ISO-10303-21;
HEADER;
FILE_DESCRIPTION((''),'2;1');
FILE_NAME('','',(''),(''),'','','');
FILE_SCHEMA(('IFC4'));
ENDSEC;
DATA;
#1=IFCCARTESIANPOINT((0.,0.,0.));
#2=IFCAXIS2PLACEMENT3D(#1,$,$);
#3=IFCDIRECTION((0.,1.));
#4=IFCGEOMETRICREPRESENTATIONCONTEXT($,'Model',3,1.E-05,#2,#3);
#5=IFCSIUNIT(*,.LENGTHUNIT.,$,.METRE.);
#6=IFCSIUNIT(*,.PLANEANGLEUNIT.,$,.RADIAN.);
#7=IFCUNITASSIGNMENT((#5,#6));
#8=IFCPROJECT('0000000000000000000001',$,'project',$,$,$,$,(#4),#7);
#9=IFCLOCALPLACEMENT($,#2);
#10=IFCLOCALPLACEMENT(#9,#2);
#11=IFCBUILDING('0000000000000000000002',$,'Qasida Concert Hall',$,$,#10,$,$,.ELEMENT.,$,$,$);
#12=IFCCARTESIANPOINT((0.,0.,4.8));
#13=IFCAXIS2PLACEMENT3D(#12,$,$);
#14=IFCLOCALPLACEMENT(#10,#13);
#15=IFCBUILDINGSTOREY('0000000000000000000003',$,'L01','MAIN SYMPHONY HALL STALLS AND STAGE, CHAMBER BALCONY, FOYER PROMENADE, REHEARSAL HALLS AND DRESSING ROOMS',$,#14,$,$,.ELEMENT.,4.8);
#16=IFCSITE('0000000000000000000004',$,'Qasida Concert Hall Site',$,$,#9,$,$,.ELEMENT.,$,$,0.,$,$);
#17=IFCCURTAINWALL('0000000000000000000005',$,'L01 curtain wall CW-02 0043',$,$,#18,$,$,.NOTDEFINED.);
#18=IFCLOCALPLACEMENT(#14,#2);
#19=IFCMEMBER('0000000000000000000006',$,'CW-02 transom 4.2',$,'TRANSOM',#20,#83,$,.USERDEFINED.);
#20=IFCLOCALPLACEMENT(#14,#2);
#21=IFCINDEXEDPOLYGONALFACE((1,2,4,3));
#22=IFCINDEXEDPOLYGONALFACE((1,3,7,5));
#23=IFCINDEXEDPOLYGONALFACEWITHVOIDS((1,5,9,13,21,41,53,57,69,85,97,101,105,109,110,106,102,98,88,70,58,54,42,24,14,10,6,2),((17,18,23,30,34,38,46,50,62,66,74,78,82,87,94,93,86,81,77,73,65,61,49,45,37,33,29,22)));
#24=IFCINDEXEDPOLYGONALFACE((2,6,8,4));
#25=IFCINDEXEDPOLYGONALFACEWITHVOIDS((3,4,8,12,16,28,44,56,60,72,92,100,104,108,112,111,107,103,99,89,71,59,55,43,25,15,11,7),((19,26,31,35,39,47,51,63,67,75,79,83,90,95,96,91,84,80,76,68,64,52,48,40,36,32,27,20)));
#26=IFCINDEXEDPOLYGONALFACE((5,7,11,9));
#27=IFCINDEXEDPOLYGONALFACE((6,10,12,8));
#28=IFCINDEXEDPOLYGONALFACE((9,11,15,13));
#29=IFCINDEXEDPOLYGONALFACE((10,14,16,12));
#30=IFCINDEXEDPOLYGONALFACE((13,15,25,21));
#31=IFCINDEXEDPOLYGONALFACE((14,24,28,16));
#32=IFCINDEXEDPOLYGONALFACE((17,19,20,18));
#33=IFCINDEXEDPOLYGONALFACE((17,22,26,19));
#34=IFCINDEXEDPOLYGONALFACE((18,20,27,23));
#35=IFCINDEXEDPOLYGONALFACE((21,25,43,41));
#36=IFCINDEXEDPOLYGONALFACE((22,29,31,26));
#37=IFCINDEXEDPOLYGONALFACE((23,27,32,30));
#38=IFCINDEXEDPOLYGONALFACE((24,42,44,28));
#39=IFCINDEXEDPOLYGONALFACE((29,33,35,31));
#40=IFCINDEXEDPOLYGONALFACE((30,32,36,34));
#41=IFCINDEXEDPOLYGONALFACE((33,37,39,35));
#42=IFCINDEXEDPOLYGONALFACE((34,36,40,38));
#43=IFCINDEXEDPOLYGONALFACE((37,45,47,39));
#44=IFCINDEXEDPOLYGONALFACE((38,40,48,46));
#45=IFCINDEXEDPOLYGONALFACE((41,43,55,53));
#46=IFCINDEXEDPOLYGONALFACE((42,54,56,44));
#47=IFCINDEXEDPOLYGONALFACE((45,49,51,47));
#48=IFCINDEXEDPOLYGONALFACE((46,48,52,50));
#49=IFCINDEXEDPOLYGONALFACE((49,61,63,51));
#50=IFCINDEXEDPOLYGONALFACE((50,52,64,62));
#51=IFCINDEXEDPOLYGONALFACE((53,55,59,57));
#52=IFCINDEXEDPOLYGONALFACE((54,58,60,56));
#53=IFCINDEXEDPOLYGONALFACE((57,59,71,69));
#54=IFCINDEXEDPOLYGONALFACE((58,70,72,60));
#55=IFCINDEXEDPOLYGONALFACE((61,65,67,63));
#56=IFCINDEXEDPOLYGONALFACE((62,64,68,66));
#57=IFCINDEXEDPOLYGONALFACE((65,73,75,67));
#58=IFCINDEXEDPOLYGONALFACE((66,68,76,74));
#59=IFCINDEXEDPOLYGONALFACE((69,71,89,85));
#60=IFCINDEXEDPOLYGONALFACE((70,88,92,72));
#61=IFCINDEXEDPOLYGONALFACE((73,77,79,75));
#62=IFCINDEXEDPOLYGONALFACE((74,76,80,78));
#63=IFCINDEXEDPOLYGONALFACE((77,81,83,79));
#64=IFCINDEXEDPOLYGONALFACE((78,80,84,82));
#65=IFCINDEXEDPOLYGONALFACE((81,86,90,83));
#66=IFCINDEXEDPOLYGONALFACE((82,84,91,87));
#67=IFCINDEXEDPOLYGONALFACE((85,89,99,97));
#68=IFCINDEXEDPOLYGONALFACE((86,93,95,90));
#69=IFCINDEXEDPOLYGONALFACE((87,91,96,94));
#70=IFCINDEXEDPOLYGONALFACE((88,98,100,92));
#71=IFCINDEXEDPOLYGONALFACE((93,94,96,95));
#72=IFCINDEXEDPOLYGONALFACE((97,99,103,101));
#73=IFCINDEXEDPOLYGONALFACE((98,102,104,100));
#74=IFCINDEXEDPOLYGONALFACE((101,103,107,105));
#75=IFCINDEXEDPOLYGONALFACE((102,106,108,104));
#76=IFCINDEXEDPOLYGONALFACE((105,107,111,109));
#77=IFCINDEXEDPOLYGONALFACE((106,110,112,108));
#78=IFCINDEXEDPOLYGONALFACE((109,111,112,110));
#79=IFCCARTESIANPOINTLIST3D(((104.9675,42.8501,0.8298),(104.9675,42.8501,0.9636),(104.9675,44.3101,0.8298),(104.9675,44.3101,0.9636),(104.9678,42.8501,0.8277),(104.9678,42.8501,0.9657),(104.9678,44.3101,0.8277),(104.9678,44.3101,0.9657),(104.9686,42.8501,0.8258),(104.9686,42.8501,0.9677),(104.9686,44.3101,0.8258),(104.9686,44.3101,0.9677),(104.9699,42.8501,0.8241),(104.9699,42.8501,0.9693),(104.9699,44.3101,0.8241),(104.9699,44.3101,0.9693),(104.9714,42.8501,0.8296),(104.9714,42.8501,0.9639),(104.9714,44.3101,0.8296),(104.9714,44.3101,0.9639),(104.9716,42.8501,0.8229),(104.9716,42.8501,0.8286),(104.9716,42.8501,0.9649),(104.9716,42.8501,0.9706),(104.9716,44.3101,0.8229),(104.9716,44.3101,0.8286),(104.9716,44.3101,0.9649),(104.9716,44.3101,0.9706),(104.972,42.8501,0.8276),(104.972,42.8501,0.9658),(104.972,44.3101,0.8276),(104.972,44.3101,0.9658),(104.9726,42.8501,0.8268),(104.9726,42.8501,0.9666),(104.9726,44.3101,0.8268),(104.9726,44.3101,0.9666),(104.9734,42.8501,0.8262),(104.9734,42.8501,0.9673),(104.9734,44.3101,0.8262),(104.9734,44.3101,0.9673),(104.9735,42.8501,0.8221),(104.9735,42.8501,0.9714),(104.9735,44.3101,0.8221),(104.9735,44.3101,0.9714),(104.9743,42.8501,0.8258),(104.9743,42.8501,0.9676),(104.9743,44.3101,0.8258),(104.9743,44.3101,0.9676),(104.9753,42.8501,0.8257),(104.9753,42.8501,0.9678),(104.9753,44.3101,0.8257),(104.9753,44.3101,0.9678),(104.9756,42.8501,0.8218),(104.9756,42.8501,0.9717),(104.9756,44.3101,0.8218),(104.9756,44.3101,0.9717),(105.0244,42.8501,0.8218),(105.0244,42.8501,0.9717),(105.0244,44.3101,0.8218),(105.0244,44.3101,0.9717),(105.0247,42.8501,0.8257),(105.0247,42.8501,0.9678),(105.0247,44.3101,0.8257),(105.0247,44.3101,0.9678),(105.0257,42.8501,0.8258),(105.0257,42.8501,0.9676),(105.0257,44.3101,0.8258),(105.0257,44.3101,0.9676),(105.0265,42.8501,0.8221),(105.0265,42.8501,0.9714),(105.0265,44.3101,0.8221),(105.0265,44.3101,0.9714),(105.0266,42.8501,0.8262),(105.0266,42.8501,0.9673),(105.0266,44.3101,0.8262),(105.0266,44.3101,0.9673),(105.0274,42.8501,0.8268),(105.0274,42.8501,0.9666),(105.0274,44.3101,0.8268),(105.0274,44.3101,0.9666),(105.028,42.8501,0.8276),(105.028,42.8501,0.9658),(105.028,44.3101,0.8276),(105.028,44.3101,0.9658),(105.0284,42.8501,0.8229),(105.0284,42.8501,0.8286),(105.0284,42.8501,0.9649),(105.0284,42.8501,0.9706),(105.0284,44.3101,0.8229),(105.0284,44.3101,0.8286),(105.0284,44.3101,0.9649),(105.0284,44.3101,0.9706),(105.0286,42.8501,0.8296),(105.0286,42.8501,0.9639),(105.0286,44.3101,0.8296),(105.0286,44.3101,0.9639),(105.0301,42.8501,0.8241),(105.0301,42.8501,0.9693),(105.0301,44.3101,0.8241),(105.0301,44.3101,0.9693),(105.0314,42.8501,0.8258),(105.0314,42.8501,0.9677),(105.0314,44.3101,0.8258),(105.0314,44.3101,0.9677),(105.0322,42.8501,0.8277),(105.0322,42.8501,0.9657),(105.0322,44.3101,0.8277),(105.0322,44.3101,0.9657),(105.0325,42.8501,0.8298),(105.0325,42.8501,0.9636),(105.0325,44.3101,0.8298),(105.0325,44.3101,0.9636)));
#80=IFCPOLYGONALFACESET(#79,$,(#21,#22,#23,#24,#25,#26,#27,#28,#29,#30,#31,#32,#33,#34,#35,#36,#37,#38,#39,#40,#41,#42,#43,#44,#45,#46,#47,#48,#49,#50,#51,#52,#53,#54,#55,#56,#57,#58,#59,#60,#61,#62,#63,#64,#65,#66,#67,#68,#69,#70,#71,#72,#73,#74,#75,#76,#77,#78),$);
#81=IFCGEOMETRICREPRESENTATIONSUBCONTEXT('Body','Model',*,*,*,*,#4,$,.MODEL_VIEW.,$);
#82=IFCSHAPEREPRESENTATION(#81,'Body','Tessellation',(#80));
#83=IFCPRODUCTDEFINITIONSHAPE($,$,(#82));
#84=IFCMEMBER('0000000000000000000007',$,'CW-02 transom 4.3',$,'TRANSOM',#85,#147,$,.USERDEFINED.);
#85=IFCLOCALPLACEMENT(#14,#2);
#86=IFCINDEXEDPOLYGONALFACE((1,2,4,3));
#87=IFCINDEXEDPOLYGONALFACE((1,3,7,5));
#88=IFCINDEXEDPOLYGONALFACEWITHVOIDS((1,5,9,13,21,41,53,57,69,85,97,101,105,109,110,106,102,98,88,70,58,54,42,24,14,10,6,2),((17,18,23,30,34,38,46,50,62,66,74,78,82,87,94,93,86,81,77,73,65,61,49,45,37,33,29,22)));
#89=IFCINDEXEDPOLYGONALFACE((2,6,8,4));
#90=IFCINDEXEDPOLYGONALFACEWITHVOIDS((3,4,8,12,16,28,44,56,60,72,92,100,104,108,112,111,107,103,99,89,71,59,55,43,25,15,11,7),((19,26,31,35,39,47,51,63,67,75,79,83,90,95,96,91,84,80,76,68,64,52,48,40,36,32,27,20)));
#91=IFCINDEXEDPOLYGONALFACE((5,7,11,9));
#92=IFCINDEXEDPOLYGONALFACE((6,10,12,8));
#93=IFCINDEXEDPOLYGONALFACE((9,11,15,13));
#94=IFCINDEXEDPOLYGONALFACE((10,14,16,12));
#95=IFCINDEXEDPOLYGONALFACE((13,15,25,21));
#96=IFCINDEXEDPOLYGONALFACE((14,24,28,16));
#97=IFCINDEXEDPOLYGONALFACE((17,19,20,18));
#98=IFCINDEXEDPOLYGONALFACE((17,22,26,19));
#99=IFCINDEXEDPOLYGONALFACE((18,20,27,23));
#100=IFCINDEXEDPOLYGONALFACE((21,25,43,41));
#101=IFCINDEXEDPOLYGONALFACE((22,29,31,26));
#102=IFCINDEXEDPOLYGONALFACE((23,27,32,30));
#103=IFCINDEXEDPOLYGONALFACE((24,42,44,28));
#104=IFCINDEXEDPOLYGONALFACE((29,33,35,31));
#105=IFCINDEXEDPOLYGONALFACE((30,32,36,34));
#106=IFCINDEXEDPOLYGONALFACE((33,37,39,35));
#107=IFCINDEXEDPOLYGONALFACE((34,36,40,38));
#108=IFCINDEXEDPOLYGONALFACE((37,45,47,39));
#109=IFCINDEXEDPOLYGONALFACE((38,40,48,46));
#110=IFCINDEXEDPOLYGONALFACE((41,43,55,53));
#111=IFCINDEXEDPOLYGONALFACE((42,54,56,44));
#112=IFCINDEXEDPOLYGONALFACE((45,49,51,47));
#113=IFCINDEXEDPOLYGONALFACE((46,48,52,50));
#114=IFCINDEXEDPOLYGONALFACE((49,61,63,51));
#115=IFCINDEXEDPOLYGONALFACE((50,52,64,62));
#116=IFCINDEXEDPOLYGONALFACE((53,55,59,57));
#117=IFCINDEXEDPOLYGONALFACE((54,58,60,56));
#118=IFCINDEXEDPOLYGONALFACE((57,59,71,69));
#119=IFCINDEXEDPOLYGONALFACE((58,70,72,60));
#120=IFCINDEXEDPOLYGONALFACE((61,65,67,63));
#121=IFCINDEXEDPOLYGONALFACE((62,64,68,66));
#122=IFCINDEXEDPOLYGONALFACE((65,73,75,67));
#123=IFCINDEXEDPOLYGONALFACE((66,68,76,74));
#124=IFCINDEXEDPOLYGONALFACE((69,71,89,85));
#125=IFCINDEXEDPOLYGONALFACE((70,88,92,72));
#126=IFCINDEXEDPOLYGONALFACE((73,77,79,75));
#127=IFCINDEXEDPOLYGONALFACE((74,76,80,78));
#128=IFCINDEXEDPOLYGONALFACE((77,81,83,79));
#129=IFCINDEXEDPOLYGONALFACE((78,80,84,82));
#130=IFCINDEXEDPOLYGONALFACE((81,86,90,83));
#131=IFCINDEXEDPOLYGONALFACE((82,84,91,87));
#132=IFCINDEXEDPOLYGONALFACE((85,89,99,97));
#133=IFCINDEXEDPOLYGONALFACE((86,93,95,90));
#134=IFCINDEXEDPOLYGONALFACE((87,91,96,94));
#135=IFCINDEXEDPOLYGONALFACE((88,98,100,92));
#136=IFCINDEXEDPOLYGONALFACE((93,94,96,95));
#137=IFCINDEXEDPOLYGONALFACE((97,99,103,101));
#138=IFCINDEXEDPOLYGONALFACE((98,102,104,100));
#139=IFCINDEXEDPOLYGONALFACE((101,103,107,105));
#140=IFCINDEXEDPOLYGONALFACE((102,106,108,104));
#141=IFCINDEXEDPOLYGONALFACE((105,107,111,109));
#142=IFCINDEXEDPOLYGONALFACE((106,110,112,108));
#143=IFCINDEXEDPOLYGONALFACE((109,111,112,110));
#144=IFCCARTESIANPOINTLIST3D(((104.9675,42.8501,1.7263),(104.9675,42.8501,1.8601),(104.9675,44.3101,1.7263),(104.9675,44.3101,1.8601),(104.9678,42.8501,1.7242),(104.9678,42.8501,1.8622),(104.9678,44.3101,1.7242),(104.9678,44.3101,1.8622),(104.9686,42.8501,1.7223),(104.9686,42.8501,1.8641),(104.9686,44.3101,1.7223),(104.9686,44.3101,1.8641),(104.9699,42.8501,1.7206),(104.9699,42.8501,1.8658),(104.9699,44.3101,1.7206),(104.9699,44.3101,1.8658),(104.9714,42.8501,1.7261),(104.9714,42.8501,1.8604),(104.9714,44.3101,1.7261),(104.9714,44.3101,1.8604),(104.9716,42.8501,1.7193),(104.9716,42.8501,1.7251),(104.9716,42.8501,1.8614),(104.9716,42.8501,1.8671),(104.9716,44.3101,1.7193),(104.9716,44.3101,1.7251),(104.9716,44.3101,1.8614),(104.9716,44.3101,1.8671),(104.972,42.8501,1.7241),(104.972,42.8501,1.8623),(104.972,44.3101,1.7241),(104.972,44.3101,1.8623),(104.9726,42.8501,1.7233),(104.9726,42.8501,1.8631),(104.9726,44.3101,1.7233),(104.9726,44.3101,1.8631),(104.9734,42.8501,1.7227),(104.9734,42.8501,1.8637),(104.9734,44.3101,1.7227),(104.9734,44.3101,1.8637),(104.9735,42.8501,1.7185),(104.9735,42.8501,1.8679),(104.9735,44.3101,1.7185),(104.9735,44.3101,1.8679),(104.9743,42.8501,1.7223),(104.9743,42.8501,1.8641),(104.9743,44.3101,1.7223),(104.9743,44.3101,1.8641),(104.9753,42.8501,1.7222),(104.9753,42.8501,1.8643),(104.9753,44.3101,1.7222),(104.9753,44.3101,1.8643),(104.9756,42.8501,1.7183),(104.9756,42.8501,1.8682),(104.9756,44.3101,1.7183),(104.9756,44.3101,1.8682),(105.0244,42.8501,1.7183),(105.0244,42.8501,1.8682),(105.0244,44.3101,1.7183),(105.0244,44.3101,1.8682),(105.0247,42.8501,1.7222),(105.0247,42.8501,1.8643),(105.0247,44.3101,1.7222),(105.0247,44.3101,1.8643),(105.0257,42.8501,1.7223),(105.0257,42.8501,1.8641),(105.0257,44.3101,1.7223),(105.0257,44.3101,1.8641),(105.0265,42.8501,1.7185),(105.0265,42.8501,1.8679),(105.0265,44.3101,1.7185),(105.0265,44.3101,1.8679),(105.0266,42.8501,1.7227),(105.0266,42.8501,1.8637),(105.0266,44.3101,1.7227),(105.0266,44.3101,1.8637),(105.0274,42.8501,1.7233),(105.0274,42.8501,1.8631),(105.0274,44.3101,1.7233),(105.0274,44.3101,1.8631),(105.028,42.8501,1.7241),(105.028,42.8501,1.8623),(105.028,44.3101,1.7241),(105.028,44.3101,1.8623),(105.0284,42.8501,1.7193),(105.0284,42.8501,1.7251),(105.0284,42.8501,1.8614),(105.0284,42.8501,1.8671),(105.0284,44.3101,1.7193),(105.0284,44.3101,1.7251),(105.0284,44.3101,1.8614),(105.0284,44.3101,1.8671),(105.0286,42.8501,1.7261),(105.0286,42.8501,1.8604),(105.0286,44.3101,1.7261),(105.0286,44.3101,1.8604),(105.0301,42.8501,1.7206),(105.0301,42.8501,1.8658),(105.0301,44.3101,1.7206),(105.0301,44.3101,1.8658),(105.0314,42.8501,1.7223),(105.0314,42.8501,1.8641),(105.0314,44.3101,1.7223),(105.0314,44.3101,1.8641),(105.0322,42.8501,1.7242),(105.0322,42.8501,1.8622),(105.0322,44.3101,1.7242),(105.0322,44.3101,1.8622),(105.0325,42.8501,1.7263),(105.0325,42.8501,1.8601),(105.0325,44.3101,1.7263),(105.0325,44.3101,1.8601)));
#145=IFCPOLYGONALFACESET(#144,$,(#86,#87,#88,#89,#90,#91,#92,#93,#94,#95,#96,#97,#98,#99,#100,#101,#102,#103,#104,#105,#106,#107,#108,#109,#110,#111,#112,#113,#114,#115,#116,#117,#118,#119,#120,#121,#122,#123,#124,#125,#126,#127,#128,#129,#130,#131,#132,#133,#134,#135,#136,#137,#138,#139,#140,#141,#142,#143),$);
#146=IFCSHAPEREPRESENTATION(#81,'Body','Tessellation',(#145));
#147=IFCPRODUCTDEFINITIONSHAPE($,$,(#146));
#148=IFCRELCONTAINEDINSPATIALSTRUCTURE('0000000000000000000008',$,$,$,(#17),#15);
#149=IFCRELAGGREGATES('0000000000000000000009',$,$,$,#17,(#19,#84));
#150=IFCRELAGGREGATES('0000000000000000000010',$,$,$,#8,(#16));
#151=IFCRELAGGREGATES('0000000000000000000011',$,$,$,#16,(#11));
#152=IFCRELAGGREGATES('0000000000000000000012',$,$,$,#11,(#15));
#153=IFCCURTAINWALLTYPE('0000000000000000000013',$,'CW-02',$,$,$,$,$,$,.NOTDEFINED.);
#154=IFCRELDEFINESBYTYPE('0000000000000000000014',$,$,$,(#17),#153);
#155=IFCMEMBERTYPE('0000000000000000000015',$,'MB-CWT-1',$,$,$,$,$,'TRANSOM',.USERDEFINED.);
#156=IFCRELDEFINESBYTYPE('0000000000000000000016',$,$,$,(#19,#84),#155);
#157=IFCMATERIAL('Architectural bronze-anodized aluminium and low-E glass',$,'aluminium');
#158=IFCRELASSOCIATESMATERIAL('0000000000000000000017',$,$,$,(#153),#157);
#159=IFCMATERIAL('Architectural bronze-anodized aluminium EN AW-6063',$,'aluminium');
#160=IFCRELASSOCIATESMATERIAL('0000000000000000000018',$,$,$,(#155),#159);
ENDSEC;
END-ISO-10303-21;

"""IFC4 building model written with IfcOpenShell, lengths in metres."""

from ifc_helpers import new_model, si_unit, direction, frame, origin, origin_2d, place, context, subcontext, project, spatial, hollow_rectangle, extrude, material, material_profile, profile_set, type_object, element, aggregate, save


model = new_model("IFC4")

# Units and contexts
model_context = context("Model", 3, precision=1e-05, world=origin(), true_north=direction((0.0, 1.0)))
body_context = subcontext(model_context, "Body", "Model", "MODEL_VIEW")
ifc_project = project(units=[si_unit("LENGTHUNIT", "METRE"), si_unit("PLANEANGLEUNIT", "RADIAN")], contexts=[model_context])

# Site, building, storey
site_placement = place(None, origin())
site = spatial("IfcSite", under=ifc_project, at=site_placement, Name="Qasida Concert Hall Site", CompositionType="ELEMENT", RefElevation=0.0)
building_placement = place(site_placement, origin())
building = spatial("IfcBuilding", under=site, at=building_placement, Name="Qasida Concert Hall", CompositionType="ELEMENT")
storey_placement = place(building_placement, frame((0.0, 0.0, 4.8)))
storey = spatial("IfcBuildingStorey", under=building, at=storey_placement, Name="L01", Description="MAIN SYMPHONY HALL STALLS AND STAGE, CHAMBER BALCONY, FOYER PROMENADE, REHEARSAL HALLS AND DRESSING ROOMS", CompositionType="ELEMENT", Elevation=4.8)

# Curtain wall, members
ifc_material_1 = material(Name="Architectural bronze-anodized aluminium and low-E glass", Category="aluminium")
curtain_wall_type = type_object("IfcCurtainWallType", Name="CW-02", PredefinedType="NOTDEFINED", material=ifc_material_1)
curtain_wall_placement = place(storey_placement, origin())
curtain_wall = element("IfcCurtainWall", 1, at=curtain_wall_placement, inside=storey, type_object=curtain_wall_type, Name="L01 curtain wall CW-02 0043", PredefinedType="NOTDEFINED")
ifc_material_2 = material(Name="Architectural bronze-anodized aluminium EN AW-6063", Category="aluminium")
ifc_material_profile_1 = material_profile(ifc_material_2, hollow_rectangle(XDim=0.0649, YDim=0.1499, WallThickness=0.0039, InnerFilletRadius=0.0039, OuterFilletRadius=0.0081, at=origin_2d()), Name="CWT 150x65x4")
ifc_profile_set_1 = profile_set([ifc_material_profile_1], Name="Architectural bronze-anodized aluminium EN AW-6063")
member_type_1 = type_object("IfcMemberType", Name="MB-CWT-1", ElementType="TRANSOM", PredefinedType="USERDEFINED", material=ifc_profile_set_1)
member_1_placement = place(storey_placement, frame((105.0, 42.8501, 0.8967), z_axis=(0.0, 1.0, 0.0), x_axis=(-1.0, 0.0, 0.0)))
member_1 = element("IfcMember", 2, at=member_1_placement, type_object=member_type_1, Name="CW-02 transom 4.2", ObjectType="TRANSOM", PredefinedType="USERDEFINED", context=body_context, shape_type="SweptSolid", body=[
    extrude(hollow_rectangle(XDim=0.0649, YDim=0.1499, WallThickness=0.0039, InnerFilletRadius=0.0039, OuterFilletRadius=0.0081, at=origin_2d()), origin(), (0.0, 0.0, 1.0), 1.46),
])
member_2_placement = place(storey_placement, frame((105.0, 42.8501, 1.7932), z_axis=(0.0, 1.0, 0.0), x_axis=(-1.0, 0.0, 0.0)))
member_2 = element("IfcMember", 3, at=member_2_placement, type_object=member_type_1, Name="CW-02 transom 4.3", ObjectType="TRANSOM", PredefinedType="USERDEFINED", context=body_context, shape_type="SweptSolid", body=[
    extrude(hollow_rectangle(XDim=0.0649, YDim=0.1499, WallThickness=0.0039, InnerFilletRadius=0.0039, OuterFilletRadius=0.0081, at=origin_2d()), origin(), (0.0, 0.0, 1.0), 1.46),
])
aggregate(curtain_wall, [member_1, member_2])

save(model, "model.ifc")
